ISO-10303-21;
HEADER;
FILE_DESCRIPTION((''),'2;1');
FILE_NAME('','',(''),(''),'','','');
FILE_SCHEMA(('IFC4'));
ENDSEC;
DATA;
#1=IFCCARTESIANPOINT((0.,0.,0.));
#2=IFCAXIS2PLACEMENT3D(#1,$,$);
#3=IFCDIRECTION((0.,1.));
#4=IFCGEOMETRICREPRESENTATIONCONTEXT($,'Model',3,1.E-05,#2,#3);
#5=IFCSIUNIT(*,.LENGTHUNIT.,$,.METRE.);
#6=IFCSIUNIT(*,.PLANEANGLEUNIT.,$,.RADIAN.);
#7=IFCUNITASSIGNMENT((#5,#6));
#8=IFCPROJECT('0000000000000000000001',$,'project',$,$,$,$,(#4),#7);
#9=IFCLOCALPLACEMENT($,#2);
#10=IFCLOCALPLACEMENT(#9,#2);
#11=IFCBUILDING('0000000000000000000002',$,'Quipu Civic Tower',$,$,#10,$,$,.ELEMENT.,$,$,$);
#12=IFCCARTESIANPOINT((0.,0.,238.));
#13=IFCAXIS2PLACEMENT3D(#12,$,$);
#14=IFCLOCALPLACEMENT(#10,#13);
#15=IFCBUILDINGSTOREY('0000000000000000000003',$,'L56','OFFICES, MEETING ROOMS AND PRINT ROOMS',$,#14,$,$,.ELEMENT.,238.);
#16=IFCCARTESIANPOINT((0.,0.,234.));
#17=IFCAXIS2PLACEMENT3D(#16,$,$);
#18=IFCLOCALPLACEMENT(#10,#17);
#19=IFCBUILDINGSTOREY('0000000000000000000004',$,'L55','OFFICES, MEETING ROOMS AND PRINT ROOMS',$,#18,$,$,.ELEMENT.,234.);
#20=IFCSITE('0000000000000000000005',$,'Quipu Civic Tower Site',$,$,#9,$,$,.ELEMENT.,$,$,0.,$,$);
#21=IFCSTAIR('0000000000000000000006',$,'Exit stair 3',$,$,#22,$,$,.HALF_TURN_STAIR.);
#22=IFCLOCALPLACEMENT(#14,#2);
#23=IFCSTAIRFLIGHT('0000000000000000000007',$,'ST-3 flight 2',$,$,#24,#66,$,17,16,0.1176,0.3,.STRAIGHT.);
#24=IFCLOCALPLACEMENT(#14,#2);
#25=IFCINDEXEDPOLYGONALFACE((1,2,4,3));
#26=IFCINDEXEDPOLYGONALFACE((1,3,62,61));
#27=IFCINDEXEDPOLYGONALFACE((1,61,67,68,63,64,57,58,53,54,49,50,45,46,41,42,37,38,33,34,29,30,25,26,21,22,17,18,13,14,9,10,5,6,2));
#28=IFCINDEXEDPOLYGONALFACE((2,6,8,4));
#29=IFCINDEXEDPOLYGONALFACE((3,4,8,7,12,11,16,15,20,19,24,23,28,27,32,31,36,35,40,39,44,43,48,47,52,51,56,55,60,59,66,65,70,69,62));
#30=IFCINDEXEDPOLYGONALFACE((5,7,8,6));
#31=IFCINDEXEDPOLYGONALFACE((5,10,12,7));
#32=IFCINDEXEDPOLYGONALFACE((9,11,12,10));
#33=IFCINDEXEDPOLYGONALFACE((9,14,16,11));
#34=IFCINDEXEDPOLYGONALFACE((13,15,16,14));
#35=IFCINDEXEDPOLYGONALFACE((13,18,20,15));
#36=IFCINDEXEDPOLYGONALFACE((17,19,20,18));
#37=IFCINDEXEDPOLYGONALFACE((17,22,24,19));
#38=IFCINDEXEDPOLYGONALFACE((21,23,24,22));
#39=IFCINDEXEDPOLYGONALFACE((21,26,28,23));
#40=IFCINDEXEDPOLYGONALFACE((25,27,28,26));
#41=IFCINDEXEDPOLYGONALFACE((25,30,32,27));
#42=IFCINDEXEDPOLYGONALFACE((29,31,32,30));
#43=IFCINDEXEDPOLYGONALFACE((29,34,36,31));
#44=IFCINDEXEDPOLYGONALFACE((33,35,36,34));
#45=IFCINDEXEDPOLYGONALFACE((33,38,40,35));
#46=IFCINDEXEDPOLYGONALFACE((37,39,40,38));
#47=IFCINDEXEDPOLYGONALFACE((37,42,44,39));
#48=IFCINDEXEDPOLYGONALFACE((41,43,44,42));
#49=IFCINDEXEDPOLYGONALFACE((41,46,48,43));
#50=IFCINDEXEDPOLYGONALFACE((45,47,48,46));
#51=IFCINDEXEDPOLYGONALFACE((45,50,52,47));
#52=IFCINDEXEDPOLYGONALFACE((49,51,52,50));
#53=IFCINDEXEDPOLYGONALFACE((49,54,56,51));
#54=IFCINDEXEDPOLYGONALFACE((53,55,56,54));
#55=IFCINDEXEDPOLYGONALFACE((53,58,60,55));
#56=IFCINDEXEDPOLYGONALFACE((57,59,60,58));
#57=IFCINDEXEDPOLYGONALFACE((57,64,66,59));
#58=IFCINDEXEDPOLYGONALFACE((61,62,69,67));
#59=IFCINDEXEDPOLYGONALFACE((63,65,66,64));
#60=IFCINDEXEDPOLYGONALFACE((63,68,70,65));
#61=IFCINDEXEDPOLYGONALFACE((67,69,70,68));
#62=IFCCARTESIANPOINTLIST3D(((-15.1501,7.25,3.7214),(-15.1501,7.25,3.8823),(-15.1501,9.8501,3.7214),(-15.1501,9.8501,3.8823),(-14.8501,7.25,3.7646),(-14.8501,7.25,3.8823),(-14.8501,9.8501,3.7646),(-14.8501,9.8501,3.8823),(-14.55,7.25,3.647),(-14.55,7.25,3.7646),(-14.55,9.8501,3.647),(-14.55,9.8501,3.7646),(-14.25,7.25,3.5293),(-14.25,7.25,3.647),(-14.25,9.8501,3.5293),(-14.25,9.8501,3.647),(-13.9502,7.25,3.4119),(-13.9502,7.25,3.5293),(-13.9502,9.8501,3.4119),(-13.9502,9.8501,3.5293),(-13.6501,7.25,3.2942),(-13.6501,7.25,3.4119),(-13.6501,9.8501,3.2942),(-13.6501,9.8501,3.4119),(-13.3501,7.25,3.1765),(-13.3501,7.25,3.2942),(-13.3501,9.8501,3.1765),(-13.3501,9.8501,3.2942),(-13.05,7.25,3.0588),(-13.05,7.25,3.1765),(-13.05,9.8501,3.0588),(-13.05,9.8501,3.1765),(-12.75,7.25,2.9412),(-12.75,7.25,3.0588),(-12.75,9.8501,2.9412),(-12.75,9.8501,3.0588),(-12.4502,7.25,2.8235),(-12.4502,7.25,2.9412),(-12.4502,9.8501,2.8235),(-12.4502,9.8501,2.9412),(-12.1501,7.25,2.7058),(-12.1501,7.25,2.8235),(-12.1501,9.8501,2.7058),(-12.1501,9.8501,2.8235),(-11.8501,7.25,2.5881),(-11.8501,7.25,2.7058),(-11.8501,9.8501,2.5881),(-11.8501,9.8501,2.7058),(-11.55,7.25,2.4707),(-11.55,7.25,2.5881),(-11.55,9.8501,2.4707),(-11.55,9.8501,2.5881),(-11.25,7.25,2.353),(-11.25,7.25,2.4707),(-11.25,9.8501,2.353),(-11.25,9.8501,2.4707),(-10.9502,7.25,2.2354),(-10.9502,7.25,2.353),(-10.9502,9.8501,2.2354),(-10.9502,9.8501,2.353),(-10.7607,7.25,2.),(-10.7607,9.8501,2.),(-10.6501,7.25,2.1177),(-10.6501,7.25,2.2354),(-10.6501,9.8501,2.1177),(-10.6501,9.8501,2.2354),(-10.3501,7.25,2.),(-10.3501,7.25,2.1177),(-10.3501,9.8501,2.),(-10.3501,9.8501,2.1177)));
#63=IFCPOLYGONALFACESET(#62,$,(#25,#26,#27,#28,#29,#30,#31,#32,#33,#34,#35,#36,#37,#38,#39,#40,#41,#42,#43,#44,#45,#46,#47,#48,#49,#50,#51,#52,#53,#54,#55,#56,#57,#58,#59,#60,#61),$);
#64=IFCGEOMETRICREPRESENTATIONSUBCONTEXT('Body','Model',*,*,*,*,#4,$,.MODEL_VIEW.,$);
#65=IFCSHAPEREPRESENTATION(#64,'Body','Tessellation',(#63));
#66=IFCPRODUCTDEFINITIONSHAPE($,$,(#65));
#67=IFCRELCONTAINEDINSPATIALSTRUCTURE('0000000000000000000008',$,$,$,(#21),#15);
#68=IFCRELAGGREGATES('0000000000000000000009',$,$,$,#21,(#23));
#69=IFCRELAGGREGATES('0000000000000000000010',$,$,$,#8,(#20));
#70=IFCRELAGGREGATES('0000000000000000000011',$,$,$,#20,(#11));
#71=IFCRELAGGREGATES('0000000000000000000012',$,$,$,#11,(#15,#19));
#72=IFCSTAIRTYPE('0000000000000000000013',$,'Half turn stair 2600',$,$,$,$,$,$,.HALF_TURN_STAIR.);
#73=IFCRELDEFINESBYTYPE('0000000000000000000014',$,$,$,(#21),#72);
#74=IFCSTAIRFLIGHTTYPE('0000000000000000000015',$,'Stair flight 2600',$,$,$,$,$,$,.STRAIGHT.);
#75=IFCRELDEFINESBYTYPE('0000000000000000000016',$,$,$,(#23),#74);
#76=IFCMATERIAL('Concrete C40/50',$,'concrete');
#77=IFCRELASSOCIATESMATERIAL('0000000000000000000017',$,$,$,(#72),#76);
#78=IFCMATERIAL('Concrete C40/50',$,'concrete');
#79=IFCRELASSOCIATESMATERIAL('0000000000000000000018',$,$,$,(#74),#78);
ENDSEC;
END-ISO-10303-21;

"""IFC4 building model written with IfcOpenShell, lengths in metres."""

from ifc_helpers import new_model, si_unit, direction, frame, origin, place, context, subcontext, project, spatial, polyline, outline, extrude, material, type_object, element, aggregate, save


model = new_model("IFC4")

# Units and contexts
model_context = context("Model", 3, precision=1e-05, world=origin(), true_north=direction((0.0, 1.0)))
body_context = subcontext(model_context, "Body", "Model", "MODEL_VIEW")
ifc_project = project(units=[si_unit("LENGTHUNIT", "METRE"), si_unit("PLANEANGLEUNIT", "RADIAN")], contexts=[model_context])

# Site, building, storey
site_placement = place(None, origin())
site = spatial("IfcSite", under=ifc_project, at=site_placement, Name="Quipu Civic Tower Site", CompositionType="ELEMENT", RefElevation=0.0)
building_placement = place(site_placement, origin())
building = spatial("IfcBuilding", under=site, at=building_placement, Name="Quipu Civic Tower", CompositionType="ELEMENT")
storey_1_placement = place(building_placement, frame((0.0, 0.0, 238.0)))
storey_1 = spatial("IfcBuildingStorey", under=building, at=storey_1_placement, Name="L56", Description="OFFICES, MEETING ROOMS AND PRINT ROOMS", CompositionType="ELEMENT", Elevation=238.0)

# Shared definitions
storey_2_placement = place(building_placement, frame((0.0, 0.0, 234.0)))
storey_2 = spatial("IfcBuildingStorey", under=building, at=storey_2_placement, Name="L55", Description="OFFICES, MEETING ROOMS AND PRINT ROOMS", CompositionType="ELEMENT", Elevation=234.0)

# Stair, stair flight
ifc_material_1 = material(Name="Concrete C40/50", Category="concrete")
stair_type = type_object("IfcStairType", Name="Half turn stair 2600", PredefinedType="HALF_TURN_STAIR", material=ifc_material_1)
stair_placement = place(storey_1_placement, origin())
stair = element("IfcStair", 1, at=stair_placement, inside=storey_1, type_object=stair_type, Name="Exit stair 3", PredefinedType="HALF_TURN_STAIR")
ifc_material_2 = material(Name="Concrete C40/50", Category="concrete")
stair_flight_type = type_object("IfcStairFlightType", Name="Stair flight 2600", PredefinedType="STRAIGHT", material=ifc_material_2)
stair_flight_1_placement = place(storey_1_placement, frame((-10.3501, 8.55, 2.0), z_axis=(0.0, 0.0, 1.0), x_axis=(-1.0, 0.0, 0.0)))
stair_flight_1 = element("IfcStairFlight", 2, at=stair_flight_1_placement, type_object=stair_flight_type, Name="ST-3 flight 2", NumberOfRisers=17, NumberOfTreads=16, PredefinedType="STRAIGHT", RiserHeight=0.1176, TreadLength=0.3, context=body_context, shape_type="SweptSolid", body=[
    extrude(outline(polyline([(0.0, 0.0), (0.0, 0.1177), (0.3, 0.1177), (0.3, 0.2354), (0.6001, 0.2354), (0.6001, 0.353), (0.8999, 0.353), (0.8999, 0.4707), (1.2, 0.4707), (1.2, 0.5881), (1.5, 0.5881), (1.5, 0.7058), (1.8, 0.7058), (1.8, 0.8235), (2.1001, 0.8235), (2.1001, 0.9412), (2.3999, 0.9412), (2.3999, 1.0588), (2.7, 1.0588), (2.7, 1.1765), (3.0, 1.1765), (3.0, 1.2942), (3.3, 1.2942), (3.3, 1.4119), (3.6001, 1.4119), (3.6001, 1.5293), (3.8999, 1.5293), (3.8999, 1.647), (4.2, 1.647), (4.2, 1.7646), (4.5, 1.7646), (4.5, 1.8823), (4.8, 1.8823), (4.8, 2.0), (4.8, 1.7214), (0.4106, 0.0), (0.0, 0.0)])), frame((0.0, 1.3, 0.0), z_axis=(0.0, -1.0, 0.0), x_axis=(1.0, 0.0, 0.0)), (0.0, 0.0, 1.0), 2.6001),
])
aggregate(stair, [stair_flight_1])

save(model, "model.ifc")
